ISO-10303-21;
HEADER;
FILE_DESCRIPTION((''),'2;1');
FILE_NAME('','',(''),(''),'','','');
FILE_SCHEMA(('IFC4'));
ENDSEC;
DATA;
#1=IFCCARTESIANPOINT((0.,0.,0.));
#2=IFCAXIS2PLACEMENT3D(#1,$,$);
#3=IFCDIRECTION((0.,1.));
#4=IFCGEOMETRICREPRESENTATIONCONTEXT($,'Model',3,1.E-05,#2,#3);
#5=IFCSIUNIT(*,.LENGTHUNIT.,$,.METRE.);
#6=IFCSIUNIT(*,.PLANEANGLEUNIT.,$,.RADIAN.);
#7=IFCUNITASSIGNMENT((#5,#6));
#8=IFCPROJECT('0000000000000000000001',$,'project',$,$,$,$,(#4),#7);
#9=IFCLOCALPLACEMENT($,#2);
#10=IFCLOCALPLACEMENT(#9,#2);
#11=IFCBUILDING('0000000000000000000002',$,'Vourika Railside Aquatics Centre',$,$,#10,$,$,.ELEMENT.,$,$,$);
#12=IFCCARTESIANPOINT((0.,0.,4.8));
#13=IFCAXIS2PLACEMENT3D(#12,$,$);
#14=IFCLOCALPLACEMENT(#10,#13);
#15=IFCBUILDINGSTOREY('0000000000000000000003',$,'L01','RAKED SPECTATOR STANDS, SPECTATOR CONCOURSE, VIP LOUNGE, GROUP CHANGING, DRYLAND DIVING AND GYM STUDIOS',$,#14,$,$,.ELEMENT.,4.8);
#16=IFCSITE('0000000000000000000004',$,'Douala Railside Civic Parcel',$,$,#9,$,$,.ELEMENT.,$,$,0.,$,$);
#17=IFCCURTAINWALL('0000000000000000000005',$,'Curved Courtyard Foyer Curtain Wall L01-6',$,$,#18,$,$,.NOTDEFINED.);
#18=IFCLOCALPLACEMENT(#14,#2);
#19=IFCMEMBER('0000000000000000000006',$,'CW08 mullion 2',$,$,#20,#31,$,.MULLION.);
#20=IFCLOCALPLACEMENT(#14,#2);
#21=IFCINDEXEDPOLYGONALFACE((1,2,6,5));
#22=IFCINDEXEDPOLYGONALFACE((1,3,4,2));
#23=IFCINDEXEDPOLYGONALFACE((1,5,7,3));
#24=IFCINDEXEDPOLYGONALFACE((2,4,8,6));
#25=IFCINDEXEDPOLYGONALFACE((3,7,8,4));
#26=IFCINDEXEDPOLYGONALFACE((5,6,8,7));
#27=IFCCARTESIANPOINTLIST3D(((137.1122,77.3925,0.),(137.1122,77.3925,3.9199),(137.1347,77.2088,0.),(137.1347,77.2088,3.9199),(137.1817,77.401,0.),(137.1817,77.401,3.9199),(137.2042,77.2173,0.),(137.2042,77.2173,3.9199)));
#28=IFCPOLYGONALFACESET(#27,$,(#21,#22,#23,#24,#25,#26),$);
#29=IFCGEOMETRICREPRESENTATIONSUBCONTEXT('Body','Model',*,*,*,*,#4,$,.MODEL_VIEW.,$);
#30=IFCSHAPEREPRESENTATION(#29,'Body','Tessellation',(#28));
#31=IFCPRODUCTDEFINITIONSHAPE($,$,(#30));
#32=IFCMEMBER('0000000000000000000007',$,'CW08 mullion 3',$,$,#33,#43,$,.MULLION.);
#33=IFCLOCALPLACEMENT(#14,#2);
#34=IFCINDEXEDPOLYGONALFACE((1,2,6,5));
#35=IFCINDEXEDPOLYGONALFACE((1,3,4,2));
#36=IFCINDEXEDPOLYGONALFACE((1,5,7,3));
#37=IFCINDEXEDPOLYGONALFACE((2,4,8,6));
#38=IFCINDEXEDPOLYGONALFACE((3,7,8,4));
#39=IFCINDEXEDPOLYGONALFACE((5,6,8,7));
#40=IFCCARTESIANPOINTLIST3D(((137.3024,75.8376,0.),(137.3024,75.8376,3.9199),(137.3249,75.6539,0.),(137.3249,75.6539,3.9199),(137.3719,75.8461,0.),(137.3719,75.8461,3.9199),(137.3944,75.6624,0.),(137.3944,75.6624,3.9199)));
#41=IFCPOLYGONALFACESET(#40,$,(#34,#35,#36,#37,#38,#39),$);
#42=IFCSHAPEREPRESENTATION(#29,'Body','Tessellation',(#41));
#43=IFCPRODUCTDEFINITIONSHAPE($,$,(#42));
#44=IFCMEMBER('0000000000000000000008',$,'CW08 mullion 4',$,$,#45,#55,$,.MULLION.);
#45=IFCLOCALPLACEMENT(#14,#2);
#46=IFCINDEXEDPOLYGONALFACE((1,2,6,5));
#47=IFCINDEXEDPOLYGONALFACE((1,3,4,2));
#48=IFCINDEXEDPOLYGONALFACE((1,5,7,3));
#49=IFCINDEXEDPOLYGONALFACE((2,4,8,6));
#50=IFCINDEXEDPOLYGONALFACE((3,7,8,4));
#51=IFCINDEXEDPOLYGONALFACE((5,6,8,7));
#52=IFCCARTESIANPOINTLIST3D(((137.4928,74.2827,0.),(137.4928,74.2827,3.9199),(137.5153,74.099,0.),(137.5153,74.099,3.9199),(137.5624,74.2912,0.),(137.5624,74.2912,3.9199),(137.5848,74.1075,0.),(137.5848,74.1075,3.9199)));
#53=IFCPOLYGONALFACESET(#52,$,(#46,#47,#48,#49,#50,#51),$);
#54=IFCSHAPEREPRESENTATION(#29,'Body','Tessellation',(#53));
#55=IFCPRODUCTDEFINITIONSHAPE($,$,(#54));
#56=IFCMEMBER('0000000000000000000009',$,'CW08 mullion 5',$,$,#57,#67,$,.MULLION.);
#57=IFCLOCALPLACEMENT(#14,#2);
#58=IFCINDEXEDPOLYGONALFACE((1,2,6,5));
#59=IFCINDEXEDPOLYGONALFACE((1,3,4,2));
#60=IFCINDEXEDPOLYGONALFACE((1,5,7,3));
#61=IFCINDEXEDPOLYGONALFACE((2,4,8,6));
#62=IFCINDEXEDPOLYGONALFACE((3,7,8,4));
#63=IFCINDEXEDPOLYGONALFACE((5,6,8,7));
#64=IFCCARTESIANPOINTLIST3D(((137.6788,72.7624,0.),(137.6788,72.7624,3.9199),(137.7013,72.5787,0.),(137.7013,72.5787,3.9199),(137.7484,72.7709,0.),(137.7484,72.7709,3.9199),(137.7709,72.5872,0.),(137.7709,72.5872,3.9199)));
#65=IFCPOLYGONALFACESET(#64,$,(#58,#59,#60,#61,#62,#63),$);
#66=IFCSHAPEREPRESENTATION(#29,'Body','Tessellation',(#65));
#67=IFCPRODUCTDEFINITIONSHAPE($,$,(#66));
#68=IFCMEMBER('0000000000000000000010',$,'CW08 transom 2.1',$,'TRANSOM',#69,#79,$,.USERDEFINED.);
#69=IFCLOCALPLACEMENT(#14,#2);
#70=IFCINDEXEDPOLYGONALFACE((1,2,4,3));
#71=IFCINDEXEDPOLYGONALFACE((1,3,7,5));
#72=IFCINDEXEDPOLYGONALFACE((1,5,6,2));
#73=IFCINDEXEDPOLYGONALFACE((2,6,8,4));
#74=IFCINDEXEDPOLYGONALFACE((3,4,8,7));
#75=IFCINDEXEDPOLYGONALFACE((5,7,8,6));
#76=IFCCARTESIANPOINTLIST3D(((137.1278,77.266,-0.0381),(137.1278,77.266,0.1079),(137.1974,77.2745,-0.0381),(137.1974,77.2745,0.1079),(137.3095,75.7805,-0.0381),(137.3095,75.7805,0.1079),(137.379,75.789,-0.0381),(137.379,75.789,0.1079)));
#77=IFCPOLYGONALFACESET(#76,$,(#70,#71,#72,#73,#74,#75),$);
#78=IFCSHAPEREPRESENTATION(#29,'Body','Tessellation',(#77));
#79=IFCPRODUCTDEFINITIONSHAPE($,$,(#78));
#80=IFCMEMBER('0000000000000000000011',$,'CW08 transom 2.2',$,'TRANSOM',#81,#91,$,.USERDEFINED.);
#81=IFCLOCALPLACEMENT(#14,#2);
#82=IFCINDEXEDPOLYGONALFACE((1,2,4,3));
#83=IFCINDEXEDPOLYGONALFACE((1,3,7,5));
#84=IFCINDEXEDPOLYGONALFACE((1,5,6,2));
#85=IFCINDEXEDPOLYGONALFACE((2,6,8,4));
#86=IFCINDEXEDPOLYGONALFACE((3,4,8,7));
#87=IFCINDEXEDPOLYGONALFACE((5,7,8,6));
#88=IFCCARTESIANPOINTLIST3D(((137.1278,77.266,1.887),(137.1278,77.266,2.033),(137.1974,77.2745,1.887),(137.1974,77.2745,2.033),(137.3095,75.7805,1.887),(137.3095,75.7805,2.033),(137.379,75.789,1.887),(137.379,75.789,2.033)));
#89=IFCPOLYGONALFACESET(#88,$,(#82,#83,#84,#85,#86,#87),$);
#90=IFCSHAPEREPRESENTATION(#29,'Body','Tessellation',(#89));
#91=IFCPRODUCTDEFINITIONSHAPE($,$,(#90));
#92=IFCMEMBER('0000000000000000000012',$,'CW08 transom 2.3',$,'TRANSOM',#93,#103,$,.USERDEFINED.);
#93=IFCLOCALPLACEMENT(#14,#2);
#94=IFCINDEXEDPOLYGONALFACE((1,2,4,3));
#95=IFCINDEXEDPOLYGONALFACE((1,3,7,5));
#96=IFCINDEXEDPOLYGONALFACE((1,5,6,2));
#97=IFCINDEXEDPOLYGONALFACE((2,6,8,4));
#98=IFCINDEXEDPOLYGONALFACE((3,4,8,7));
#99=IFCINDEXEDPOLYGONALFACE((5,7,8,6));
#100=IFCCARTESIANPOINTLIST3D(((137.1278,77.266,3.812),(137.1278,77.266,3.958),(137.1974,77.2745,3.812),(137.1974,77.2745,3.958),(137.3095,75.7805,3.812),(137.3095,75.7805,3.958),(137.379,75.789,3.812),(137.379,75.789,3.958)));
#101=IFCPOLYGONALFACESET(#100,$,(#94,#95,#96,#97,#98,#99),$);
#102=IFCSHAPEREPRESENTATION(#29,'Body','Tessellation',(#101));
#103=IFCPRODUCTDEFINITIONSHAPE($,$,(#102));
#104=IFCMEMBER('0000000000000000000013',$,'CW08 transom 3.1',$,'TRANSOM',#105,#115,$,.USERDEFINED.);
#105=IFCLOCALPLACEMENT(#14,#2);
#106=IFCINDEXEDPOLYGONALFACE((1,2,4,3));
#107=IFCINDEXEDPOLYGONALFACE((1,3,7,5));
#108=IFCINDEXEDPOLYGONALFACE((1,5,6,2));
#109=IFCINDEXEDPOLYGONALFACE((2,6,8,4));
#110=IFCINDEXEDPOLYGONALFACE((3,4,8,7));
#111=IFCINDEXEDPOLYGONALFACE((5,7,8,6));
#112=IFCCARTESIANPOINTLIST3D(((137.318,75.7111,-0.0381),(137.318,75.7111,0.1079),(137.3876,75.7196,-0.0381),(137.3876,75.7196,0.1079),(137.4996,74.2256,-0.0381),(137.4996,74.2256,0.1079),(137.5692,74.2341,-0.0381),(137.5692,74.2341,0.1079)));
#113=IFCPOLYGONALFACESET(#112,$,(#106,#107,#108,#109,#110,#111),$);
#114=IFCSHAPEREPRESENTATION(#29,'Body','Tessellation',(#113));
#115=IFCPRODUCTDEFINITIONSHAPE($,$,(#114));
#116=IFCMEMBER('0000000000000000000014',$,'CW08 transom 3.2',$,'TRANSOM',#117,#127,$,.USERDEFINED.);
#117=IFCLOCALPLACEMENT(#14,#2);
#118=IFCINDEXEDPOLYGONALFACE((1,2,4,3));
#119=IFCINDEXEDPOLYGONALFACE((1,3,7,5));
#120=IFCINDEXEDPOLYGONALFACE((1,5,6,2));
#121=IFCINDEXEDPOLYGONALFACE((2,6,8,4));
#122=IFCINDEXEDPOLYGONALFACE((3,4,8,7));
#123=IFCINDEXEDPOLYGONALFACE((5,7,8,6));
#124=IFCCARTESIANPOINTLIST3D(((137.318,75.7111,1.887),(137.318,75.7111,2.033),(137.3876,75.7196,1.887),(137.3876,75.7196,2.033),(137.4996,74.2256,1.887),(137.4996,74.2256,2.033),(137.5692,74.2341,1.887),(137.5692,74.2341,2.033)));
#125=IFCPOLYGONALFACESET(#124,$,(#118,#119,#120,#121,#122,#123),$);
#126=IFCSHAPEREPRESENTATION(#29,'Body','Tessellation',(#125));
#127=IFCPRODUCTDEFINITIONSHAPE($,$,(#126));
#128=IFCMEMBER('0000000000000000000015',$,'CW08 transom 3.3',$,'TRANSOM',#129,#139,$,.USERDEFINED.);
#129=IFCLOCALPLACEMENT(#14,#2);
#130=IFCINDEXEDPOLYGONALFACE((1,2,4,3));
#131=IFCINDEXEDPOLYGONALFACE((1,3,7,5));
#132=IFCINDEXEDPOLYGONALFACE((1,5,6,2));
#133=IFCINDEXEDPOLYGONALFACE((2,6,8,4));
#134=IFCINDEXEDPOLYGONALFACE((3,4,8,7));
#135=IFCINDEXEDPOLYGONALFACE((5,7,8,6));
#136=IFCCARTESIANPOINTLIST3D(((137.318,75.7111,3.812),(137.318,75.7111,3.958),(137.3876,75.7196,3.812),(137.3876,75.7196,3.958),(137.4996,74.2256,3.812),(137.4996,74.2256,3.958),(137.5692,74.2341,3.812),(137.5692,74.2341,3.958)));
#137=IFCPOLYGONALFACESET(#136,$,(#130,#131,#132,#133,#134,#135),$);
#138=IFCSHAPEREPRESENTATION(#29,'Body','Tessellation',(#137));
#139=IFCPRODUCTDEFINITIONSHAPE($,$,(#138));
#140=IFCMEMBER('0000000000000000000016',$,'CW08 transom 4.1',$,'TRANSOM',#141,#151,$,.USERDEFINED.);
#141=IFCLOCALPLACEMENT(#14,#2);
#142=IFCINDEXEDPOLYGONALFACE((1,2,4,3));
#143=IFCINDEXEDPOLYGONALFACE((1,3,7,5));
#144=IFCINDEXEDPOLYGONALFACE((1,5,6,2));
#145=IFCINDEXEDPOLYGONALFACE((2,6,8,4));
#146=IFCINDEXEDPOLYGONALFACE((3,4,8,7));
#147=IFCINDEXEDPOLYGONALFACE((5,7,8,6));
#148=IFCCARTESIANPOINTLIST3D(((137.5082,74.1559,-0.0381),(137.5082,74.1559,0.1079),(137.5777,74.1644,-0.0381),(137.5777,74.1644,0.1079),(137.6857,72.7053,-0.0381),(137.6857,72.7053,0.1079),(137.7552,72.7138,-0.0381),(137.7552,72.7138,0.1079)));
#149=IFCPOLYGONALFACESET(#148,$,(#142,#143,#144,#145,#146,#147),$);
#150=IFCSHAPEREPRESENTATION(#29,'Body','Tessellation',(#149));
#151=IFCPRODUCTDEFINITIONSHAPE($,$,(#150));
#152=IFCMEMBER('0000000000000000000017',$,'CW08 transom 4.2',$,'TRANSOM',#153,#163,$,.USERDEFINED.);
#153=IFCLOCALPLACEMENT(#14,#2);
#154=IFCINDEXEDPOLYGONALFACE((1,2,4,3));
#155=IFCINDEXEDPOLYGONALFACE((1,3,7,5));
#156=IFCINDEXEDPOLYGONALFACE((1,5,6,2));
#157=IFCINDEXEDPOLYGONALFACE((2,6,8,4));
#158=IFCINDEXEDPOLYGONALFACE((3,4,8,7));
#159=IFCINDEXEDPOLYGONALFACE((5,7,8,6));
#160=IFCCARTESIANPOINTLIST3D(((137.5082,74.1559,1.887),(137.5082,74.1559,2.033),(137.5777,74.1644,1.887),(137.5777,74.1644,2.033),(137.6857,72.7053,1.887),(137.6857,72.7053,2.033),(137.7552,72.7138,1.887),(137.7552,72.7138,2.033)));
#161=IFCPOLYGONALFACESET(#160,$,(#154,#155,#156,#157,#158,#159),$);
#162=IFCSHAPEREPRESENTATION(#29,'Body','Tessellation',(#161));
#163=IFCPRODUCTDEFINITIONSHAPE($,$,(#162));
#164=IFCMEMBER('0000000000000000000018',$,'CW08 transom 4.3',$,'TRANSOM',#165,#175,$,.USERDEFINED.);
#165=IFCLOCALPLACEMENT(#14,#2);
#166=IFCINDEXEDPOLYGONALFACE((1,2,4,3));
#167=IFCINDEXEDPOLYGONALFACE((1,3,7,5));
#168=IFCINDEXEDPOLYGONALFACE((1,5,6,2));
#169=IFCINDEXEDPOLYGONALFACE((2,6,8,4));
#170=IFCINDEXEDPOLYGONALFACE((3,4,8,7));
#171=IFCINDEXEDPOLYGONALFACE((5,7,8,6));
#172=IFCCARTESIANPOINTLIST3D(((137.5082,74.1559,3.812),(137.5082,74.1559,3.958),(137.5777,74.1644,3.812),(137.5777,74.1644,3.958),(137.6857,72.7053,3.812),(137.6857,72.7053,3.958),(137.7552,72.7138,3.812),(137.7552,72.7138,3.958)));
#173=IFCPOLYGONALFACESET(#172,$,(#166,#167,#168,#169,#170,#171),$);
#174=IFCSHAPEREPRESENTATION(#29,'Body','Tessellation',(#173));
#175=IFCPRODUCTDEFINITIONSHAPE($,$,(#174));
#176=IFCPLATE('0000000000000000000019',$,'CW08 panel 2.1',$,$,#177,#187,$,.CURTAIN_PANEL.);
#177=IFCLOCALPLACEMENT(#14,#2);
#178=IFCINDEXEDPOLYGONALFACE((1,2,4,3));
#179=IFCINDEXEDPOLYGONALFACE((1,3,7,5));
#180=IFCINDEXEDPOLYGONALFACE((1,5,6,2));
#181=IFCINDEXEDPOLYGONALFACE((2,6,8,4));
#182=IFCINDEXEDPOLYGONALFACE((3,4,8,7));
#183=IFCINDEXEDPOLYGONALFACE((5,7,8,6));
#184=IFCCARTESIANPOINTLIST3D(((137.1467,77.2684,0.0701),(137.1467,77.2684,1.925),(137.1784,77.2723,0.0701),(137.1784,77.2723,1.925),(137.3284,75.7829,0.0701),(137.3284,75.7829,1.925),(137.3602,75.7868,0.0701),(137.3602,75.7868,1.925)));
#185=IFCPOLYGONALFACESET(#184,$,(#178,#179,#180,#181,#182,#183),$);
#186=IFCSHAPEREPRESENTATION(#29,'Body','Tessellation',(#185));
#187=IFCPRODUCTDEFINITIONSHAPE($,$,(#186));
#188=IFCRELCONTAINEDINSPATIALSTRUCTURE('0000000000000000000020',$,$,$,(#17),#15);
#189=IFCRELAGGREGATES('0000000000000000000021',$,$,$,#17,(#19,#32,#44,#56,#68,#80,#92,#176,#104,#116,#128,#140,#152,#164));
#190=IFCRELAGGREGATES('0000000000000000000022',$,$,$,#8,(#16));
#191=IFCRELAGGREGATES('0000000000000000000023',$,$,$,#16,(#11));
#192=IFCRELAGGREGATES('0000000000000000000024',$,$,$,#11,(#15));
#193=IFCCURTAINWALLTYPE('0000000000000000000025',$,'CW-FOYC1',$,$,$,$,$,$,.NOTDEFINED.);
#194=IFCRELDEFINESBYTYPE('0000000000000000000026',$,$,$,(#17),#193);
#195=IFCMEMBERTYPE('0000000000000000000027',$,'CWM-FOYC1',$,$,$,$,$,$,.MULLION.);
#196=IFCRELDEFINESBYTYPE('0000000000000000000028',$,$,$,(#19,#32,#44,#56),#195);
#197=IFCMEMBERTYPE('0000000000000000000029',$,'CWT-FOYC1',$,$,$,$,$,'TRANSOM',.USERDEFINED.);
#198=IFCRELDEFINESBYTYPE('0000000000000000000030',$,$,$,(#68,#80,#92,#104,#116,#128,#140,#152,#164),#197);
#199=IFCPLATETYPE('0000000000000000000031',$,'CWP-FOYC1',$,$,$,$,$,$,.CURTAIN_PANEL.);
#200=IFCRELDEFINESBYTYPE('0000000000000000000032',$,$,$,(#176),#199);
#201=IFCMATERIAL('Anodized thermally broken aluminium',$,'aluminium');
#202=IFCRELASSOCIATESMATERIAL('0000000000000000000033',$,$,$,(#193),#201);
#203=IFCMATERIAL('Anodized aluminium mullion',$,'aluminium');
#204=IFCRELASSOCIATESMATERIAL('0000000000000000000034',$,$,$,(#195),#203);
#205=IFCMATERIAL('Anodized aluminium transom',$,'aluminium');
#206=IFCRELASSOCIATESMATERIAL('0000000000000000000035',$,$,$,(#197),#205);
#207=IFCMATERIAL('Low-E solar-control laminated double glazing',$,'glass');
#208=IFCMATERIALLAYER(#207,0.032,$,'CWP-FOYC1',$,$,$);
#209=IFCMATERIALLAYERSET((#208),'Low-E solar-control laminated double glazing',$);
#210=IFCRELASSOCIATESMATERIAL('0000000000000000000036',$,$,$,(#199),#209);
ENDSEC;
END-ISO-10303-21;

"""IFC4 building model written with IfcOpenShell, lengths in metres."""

from ifc_helpers import new_model, si_unit, direction, frame, origin, origin_2d, place, context, subcontext, project, spatial, rectangle, extrude, material, layer, layer_set, material_profile, profile_set, type_object, element, aggregate, save


model = new_model("IFC4")

# Units and contexts
model_context = context("Model", 3, precision=1e-05, world=origin(), true_north=direction((0.0, 1.0)))
body_context = subcontext(model_context, "Body", "Model", "MODEL_VIEW")
ifc_project = project(units=[si_unit("LENGTHUNIT", "METRE"), si_unit("PLANEANGLEUNIT", "RADIAN")], contexts=[model_context])

# Site, building, storey
site_placement = place(None, origin())
site = spatial("IfcSite", under=ifc_project, at=site_placement, Name="Douala Railside Civic Parcel", CompositionType="ELEMENT", RefElevation=0.0)
building_placement = place(site_placement, origin())
building = spatial("IfcBuilding", under=site, at=building_placement, Name="Vourika Railside Aquatics Centre", CompositionType="ELEMENT")
storey_placement = place(building_placement, frame((0.0, 0.0, 4.8)))
storey = spatial("IfcBuildingStorey", under=building, at=storey_placement, Name="L01", Description="RAKED SPECTATOR STANDS, SPECTATOR CONCOURSE, VIP LOUNGE, GROUP CHANGING, DRYLAND DIVING AND GYM STUDIOS", CompositionType="ELEMENT", Elevation=4.8)

# Curtain wall, members, plate
ifc_material_1 = material(Name="Anodized thermally broken aluminium", Category="aluminium")
curtain_wall_type = type_object("IfcCurtainWallType", Name="CW-FOYC1", PredefinedType="NOTDEFINED", material=ifc_material_1)
curtain_wall_placement = place(storey_placement, origin())
curtain_wall = element("IfcCurtainWall", 1, at=curtain_wall_placement, inside=storey, type_object=curtain_wall_type, Name="Curved Courtyard Foyer Curtain Wall L01-6", PredefinedType="NOTDEFINED")
ifc_material_2 = material(Name="Anodized aluminium mullion", Category="aluminium")
ifc_material_profile_1 = material_profile(ifc_material_2, rectangle(XDim=0.0701, YDim=0.1851, at=origin_2d()), Name="ALU-M 70x185")
ifc_profile_set_1 = profile_set([ifc_material_profile_1], Name="Anodized aluminium mullion")
member_type_1 = type_object("IfcMemberType", Name="CWM-FOYC1", PredefinedType="MULLION", material=ifc_profile_set_1)
member_1_placement = place(storey_placement, frame((137.1582, 77.3049, 0.0), z_axis=(0.0, 0.0, 1.0), x_axis=(0.992599, 0.121442, 0.0)))
member_1 = element("IfcMember", 2, at=member_1_placement, type_object=member_type_1, Name="CW08 mullion 2", PredefinedType="MULLION", context=body_context, shape_type="SweptSolid", body=[
    extrude(rectangle(XDim=0.0701, YDim=0.1851, at=origin_2d()), origin(), (0.0, 0.0, 1.0), 3.9199),
])
member_2_placement = place(storey_placement, frame((137.3484, 75.75, 0.0), z_axis=(0.0, 0.0, 1.0), x_axis=(0.992599, 0.121442, 0.0)))
member_2 = element("IfcMember", 3, at=member_2_placement, type_object=member_type_1, Name="CW08 mullion 3", PredefinedType="MULLION", context=body_context, shape_type="SweptSolid", body=[
    extrude(rectangle(XDim=0.0701, YDim=0.1851, at=origin_2d()), origin(), (0.0, 0.0, 1.0), 3.9199),
])
member_3_placement = place(storey_placement, frame((137.5388, 74.1951, 0.0), z_axis=(0.0, 0.0, 1.0), x_axis=(0.992599, 0.121442, 0.0)))
member_3 = element("IfcMember", 4, at=member_3_placement, type_object=member_type_1, Name="CW08 mullion 4", PredefinedType="MULLION", context=body_context, shape_type="SweptSolid", body=[
    extrude(rectangle(XDim=0.0701, YDim=0.1851, at=origin_2d()), origin(), (0.0, 0.0, 1.0), 3.9199),
])
member_4_placement = place(storey_placement, frame((137.7249, 72.6748, 0.0), z_axis=(0.0, 0.0, 1.0), x_axis=(0.992599, 0.121442, 0.0)))
member_4 = element("IfcMember", 5, at=member_4_placement, type_object=member_type_1, Name="CW08 mullion 5", PredefinedType="MULLION", context=body_context, shape_type="SweptSolid", body=[
    extrude(rectangle(XDim=0.0701, YDim=0.1851, at=origin_2d()), origin(), (0.0, 0.0, 1.0), 3.9199),
])
ifc_material_3 = material(Name="Anodized aluminium transom", Category="aluminium")
ifc_material_profile_2 = material_profile(ifc_material_3, rectangle(XDim=0.0701, YDim=0.146, at=origin_2d()), Name="ALU-T 70x146")
ifc_profile_set_2 = profile_set([ifc_material_profile_2], Name="Anodized aluminium transom")
member_type_2 = type_object("IfcMemberType", Name="CWT-FOYC1", ElementType="TRANSOM", PredefinedType="USERDEFINED", material=ifc_profile_set_2)
member_5_placement = place(storey_placement, frame((137.1626, 77.2703, 0.0349), z_axis=(0.121364, -0.992608, 0.0), x_axis=(0.992608, 0.121364, 0.0)))
member_5 = element("IfcMember", 6, at=member_5_placement, type_object=member_type_2, Name="CW08 transom 2.1", ObjectType="TRANSOM", PredefinedType="USERDEFINED", context=body_context, shape_type="SweptSolid", body=[
    extrude(rectangle(XDim=0.0701, YDim=0.146, at=origin_2d()), origin(), (0.0, 0.0, 1.0), 1.4966),
])
member_6_placement = place(storey_placement, frame((137.1626, 77.2703, 1.96), z_axis=(0.121364, -0.992608, 0.0), x_axis=(0.992608, 0.121364, 0.0)))
member_6 = element("IfcMember", 7, at=member_6_placement, type_object=member_type_2, Name="CW08 transom 2.2", ObjectType="TRANSOM", PredefinedType="USERDEFINED", context=body_context, shape_type="SweptSolid", body=[
    extrude(rectangle(XDim=0.0701, YDim=0.146, at=origin_2d()), origin(), (0.0, 0.0, 1.0), 1.4966),
])
member_7_placement = place(storey_placement, frame((137.1626, 77.2703, 3.885), z_axis=(0.121364, -0.992608, 0.0), x_axis=(0.992608, 0.121364, 0.0)))
member_7 = element("IfcMember", 8, at=member_7_placement, type_object=member_type_2, Name="CW08 transom 2.3", ObjectType="TRANSOM", PredefinedType="USERDEFINED", context=body_context, shape_type="SweptSolid", body=[
    extrude(rectangle(XDim=0.0701, YDim=0.146, at=origin_2d()), origin(), (0.0, 0.0, 1.0), 1.4966),
])
member_8_placement = place(storey_placement, frame((137.3528, 75.7153, 0.0349), z_axis=(0.121364, -0.992608, 0.0), x_axis=(0.992608, 0.121364, 0.0)))
member_8 = element("IfcMember", 9, at=member_8_placement, type_object=member_type_2, Name="CW08 transom 3.1", ObjectType="TRANSOM", PredefinedType="USERDEFINED", context=body_context, shape_type="SweptSolid", body=[
    extrude(rectangle(XDim=0.0701, YDim=0.146, at=origin_2d()), origin(), (0.0, 0.0, 1.0), 1.4966),
])
member_9_placement = place(storey_placement, frame((137.3528, 75.7153, 1.96), z_axis=(0.121364, -0.992608, 0.0), x_axis=(0.992608, 0.121364, 0.0)))
member_9 = element("IfcMember", 10, at=member_9_placement, type_object=member_type_2, Name="CW08 transom 3.2", ObjectType="TRANSOM", PredefinedType="USERDEFINED", context=body_context, shape_type="SweptSolid", body=[
    extrude(rectangle(XDim=0.0701, YDim=0.146, at=origin_2d()), origin(), (0.0, 0.0, 1.0), 1.4966),
])
member_10_placement = place(storey_placement, frame((137.3528, 75.7153, 3.885), z_axis=(0.121364, -0.992608, 0.0), x_axis=(0.992608, 0.121364, 0.0)))
member_10 = element("IfcMember", 11, at=member_10_placement, type_object=member_type_2, Name="CW08 transom 3.3", ObjectType="TRANSOM", PredefinedType="USERDEFINED", context=body_context, shape_type="SweptSolid", body=[
    extrude(rectangle(XDim=0.0701, YDim=0.146, at=origin_2d()), origin(), (0.0, 0.0, 1.0), 1.4966),
])
member_11_placement = place(storey_placement, frame((137.543, 74.1602, 0.0349), z_axis=(0.121444, -0.992598, 0.0), x_axis=(0.992598, 0.121444, 0.0)))
member_11 = element("IfcMember", 12, at=member_11_placement, type_object=member_type_2, Name="CW08 transom 4.1", ObjectType="TRANSOM", PredefinedType="USERDEFINED", context=body_context, shape_type="SweptSolid", body=[
    extrude(rectangle(XDim=0.0701, YDim=0.146, at=origin_2d()), origin(), (0.0, 0.0, 1.0), 1.4614),
])
member_12_placement = place(storey_placement, frame((137.543, 74.1602, 1.96), z_axis=(0.121444, -0.992598, 0.0), x_axis=(0.992598, 0.121444, 0.0)))
member_12 = element("IfcMember", 13, at=member_12_placement, type_object=member_type_2, Name="CW08 transom 4.2", ObjectType="TRANSOM", PredefinedType="USERDEFINED", context=body_context, shape_type="SweptSolid", body=[
    extrude(rectangle(XDim=0.0701, YDim=0.146, at=origin_2d()), origin(), (0.0, 0.0, 1.0), 1.4614),
])
member_13_placement = place(storey_placement, frame((137.543, 74.1602, 3.885), z_axis=(0.121444, -0.992598, 0.0), x_axis=(0.992598, 0.121444, 0.0)))
member_13 = element("IfcMember", 14, at=member_13_placement, type_object=member_type_2, Name="CW08 transom 4.3", ObjectType="TRANSOM", PredefinedType="USERDEFINED", context=body_context, shape_type="SweptSolid", body=[
    extrude(rectangle(XDim=0.0701, YDim=0.146, at=origin_2d()), origin(), (0.0, 0.0, 1.0), 1.4614),
])
ifc_material_4 = material(Name="Low-E solar-control laminated double glazing", Category="glass")
ifc_layer = layer(ifc_material_4, 0.032, Name="CWP-FOYC1")
ifc_layer_set = layer_set([ifc_layer], Name="Low-E solar-control laminated double glazing")
plate_type = type_object("IfcPlateType", Name="CWP-FOYC1", PredefinedType="CURTAIN_PANEL", material=ifc_layer_set)
plate_1_placement = place(storey_placement, frame((137.2534, 76.5276, 0.0701), z_axis=(0.0, 0.0, 1.0), x_axis=(0.121442, -0.992599, 0.0)))
plate_1 = element("IfcPlate", 15, at=plate_1_placement, type_object=plate_type, Name="CW08 panel 2.1", PredefinedType="CURTAIN_PANEL", context=body_context, shape_type="SweptSolid", body=[
    extrude(rectangle(XDim=1.4966, YDim=0.032, at=origin_2d()), origin(), (0.0, 0.0, 1.0), 1.855),
])
aggregate(curtain_wall, [member_1, member_2, member_3, member_4, member_5, member_6, member_7, plate_1, member_8, member_9, member_10, member_11, member_12, member_13])

save(model, "model.ifc")
